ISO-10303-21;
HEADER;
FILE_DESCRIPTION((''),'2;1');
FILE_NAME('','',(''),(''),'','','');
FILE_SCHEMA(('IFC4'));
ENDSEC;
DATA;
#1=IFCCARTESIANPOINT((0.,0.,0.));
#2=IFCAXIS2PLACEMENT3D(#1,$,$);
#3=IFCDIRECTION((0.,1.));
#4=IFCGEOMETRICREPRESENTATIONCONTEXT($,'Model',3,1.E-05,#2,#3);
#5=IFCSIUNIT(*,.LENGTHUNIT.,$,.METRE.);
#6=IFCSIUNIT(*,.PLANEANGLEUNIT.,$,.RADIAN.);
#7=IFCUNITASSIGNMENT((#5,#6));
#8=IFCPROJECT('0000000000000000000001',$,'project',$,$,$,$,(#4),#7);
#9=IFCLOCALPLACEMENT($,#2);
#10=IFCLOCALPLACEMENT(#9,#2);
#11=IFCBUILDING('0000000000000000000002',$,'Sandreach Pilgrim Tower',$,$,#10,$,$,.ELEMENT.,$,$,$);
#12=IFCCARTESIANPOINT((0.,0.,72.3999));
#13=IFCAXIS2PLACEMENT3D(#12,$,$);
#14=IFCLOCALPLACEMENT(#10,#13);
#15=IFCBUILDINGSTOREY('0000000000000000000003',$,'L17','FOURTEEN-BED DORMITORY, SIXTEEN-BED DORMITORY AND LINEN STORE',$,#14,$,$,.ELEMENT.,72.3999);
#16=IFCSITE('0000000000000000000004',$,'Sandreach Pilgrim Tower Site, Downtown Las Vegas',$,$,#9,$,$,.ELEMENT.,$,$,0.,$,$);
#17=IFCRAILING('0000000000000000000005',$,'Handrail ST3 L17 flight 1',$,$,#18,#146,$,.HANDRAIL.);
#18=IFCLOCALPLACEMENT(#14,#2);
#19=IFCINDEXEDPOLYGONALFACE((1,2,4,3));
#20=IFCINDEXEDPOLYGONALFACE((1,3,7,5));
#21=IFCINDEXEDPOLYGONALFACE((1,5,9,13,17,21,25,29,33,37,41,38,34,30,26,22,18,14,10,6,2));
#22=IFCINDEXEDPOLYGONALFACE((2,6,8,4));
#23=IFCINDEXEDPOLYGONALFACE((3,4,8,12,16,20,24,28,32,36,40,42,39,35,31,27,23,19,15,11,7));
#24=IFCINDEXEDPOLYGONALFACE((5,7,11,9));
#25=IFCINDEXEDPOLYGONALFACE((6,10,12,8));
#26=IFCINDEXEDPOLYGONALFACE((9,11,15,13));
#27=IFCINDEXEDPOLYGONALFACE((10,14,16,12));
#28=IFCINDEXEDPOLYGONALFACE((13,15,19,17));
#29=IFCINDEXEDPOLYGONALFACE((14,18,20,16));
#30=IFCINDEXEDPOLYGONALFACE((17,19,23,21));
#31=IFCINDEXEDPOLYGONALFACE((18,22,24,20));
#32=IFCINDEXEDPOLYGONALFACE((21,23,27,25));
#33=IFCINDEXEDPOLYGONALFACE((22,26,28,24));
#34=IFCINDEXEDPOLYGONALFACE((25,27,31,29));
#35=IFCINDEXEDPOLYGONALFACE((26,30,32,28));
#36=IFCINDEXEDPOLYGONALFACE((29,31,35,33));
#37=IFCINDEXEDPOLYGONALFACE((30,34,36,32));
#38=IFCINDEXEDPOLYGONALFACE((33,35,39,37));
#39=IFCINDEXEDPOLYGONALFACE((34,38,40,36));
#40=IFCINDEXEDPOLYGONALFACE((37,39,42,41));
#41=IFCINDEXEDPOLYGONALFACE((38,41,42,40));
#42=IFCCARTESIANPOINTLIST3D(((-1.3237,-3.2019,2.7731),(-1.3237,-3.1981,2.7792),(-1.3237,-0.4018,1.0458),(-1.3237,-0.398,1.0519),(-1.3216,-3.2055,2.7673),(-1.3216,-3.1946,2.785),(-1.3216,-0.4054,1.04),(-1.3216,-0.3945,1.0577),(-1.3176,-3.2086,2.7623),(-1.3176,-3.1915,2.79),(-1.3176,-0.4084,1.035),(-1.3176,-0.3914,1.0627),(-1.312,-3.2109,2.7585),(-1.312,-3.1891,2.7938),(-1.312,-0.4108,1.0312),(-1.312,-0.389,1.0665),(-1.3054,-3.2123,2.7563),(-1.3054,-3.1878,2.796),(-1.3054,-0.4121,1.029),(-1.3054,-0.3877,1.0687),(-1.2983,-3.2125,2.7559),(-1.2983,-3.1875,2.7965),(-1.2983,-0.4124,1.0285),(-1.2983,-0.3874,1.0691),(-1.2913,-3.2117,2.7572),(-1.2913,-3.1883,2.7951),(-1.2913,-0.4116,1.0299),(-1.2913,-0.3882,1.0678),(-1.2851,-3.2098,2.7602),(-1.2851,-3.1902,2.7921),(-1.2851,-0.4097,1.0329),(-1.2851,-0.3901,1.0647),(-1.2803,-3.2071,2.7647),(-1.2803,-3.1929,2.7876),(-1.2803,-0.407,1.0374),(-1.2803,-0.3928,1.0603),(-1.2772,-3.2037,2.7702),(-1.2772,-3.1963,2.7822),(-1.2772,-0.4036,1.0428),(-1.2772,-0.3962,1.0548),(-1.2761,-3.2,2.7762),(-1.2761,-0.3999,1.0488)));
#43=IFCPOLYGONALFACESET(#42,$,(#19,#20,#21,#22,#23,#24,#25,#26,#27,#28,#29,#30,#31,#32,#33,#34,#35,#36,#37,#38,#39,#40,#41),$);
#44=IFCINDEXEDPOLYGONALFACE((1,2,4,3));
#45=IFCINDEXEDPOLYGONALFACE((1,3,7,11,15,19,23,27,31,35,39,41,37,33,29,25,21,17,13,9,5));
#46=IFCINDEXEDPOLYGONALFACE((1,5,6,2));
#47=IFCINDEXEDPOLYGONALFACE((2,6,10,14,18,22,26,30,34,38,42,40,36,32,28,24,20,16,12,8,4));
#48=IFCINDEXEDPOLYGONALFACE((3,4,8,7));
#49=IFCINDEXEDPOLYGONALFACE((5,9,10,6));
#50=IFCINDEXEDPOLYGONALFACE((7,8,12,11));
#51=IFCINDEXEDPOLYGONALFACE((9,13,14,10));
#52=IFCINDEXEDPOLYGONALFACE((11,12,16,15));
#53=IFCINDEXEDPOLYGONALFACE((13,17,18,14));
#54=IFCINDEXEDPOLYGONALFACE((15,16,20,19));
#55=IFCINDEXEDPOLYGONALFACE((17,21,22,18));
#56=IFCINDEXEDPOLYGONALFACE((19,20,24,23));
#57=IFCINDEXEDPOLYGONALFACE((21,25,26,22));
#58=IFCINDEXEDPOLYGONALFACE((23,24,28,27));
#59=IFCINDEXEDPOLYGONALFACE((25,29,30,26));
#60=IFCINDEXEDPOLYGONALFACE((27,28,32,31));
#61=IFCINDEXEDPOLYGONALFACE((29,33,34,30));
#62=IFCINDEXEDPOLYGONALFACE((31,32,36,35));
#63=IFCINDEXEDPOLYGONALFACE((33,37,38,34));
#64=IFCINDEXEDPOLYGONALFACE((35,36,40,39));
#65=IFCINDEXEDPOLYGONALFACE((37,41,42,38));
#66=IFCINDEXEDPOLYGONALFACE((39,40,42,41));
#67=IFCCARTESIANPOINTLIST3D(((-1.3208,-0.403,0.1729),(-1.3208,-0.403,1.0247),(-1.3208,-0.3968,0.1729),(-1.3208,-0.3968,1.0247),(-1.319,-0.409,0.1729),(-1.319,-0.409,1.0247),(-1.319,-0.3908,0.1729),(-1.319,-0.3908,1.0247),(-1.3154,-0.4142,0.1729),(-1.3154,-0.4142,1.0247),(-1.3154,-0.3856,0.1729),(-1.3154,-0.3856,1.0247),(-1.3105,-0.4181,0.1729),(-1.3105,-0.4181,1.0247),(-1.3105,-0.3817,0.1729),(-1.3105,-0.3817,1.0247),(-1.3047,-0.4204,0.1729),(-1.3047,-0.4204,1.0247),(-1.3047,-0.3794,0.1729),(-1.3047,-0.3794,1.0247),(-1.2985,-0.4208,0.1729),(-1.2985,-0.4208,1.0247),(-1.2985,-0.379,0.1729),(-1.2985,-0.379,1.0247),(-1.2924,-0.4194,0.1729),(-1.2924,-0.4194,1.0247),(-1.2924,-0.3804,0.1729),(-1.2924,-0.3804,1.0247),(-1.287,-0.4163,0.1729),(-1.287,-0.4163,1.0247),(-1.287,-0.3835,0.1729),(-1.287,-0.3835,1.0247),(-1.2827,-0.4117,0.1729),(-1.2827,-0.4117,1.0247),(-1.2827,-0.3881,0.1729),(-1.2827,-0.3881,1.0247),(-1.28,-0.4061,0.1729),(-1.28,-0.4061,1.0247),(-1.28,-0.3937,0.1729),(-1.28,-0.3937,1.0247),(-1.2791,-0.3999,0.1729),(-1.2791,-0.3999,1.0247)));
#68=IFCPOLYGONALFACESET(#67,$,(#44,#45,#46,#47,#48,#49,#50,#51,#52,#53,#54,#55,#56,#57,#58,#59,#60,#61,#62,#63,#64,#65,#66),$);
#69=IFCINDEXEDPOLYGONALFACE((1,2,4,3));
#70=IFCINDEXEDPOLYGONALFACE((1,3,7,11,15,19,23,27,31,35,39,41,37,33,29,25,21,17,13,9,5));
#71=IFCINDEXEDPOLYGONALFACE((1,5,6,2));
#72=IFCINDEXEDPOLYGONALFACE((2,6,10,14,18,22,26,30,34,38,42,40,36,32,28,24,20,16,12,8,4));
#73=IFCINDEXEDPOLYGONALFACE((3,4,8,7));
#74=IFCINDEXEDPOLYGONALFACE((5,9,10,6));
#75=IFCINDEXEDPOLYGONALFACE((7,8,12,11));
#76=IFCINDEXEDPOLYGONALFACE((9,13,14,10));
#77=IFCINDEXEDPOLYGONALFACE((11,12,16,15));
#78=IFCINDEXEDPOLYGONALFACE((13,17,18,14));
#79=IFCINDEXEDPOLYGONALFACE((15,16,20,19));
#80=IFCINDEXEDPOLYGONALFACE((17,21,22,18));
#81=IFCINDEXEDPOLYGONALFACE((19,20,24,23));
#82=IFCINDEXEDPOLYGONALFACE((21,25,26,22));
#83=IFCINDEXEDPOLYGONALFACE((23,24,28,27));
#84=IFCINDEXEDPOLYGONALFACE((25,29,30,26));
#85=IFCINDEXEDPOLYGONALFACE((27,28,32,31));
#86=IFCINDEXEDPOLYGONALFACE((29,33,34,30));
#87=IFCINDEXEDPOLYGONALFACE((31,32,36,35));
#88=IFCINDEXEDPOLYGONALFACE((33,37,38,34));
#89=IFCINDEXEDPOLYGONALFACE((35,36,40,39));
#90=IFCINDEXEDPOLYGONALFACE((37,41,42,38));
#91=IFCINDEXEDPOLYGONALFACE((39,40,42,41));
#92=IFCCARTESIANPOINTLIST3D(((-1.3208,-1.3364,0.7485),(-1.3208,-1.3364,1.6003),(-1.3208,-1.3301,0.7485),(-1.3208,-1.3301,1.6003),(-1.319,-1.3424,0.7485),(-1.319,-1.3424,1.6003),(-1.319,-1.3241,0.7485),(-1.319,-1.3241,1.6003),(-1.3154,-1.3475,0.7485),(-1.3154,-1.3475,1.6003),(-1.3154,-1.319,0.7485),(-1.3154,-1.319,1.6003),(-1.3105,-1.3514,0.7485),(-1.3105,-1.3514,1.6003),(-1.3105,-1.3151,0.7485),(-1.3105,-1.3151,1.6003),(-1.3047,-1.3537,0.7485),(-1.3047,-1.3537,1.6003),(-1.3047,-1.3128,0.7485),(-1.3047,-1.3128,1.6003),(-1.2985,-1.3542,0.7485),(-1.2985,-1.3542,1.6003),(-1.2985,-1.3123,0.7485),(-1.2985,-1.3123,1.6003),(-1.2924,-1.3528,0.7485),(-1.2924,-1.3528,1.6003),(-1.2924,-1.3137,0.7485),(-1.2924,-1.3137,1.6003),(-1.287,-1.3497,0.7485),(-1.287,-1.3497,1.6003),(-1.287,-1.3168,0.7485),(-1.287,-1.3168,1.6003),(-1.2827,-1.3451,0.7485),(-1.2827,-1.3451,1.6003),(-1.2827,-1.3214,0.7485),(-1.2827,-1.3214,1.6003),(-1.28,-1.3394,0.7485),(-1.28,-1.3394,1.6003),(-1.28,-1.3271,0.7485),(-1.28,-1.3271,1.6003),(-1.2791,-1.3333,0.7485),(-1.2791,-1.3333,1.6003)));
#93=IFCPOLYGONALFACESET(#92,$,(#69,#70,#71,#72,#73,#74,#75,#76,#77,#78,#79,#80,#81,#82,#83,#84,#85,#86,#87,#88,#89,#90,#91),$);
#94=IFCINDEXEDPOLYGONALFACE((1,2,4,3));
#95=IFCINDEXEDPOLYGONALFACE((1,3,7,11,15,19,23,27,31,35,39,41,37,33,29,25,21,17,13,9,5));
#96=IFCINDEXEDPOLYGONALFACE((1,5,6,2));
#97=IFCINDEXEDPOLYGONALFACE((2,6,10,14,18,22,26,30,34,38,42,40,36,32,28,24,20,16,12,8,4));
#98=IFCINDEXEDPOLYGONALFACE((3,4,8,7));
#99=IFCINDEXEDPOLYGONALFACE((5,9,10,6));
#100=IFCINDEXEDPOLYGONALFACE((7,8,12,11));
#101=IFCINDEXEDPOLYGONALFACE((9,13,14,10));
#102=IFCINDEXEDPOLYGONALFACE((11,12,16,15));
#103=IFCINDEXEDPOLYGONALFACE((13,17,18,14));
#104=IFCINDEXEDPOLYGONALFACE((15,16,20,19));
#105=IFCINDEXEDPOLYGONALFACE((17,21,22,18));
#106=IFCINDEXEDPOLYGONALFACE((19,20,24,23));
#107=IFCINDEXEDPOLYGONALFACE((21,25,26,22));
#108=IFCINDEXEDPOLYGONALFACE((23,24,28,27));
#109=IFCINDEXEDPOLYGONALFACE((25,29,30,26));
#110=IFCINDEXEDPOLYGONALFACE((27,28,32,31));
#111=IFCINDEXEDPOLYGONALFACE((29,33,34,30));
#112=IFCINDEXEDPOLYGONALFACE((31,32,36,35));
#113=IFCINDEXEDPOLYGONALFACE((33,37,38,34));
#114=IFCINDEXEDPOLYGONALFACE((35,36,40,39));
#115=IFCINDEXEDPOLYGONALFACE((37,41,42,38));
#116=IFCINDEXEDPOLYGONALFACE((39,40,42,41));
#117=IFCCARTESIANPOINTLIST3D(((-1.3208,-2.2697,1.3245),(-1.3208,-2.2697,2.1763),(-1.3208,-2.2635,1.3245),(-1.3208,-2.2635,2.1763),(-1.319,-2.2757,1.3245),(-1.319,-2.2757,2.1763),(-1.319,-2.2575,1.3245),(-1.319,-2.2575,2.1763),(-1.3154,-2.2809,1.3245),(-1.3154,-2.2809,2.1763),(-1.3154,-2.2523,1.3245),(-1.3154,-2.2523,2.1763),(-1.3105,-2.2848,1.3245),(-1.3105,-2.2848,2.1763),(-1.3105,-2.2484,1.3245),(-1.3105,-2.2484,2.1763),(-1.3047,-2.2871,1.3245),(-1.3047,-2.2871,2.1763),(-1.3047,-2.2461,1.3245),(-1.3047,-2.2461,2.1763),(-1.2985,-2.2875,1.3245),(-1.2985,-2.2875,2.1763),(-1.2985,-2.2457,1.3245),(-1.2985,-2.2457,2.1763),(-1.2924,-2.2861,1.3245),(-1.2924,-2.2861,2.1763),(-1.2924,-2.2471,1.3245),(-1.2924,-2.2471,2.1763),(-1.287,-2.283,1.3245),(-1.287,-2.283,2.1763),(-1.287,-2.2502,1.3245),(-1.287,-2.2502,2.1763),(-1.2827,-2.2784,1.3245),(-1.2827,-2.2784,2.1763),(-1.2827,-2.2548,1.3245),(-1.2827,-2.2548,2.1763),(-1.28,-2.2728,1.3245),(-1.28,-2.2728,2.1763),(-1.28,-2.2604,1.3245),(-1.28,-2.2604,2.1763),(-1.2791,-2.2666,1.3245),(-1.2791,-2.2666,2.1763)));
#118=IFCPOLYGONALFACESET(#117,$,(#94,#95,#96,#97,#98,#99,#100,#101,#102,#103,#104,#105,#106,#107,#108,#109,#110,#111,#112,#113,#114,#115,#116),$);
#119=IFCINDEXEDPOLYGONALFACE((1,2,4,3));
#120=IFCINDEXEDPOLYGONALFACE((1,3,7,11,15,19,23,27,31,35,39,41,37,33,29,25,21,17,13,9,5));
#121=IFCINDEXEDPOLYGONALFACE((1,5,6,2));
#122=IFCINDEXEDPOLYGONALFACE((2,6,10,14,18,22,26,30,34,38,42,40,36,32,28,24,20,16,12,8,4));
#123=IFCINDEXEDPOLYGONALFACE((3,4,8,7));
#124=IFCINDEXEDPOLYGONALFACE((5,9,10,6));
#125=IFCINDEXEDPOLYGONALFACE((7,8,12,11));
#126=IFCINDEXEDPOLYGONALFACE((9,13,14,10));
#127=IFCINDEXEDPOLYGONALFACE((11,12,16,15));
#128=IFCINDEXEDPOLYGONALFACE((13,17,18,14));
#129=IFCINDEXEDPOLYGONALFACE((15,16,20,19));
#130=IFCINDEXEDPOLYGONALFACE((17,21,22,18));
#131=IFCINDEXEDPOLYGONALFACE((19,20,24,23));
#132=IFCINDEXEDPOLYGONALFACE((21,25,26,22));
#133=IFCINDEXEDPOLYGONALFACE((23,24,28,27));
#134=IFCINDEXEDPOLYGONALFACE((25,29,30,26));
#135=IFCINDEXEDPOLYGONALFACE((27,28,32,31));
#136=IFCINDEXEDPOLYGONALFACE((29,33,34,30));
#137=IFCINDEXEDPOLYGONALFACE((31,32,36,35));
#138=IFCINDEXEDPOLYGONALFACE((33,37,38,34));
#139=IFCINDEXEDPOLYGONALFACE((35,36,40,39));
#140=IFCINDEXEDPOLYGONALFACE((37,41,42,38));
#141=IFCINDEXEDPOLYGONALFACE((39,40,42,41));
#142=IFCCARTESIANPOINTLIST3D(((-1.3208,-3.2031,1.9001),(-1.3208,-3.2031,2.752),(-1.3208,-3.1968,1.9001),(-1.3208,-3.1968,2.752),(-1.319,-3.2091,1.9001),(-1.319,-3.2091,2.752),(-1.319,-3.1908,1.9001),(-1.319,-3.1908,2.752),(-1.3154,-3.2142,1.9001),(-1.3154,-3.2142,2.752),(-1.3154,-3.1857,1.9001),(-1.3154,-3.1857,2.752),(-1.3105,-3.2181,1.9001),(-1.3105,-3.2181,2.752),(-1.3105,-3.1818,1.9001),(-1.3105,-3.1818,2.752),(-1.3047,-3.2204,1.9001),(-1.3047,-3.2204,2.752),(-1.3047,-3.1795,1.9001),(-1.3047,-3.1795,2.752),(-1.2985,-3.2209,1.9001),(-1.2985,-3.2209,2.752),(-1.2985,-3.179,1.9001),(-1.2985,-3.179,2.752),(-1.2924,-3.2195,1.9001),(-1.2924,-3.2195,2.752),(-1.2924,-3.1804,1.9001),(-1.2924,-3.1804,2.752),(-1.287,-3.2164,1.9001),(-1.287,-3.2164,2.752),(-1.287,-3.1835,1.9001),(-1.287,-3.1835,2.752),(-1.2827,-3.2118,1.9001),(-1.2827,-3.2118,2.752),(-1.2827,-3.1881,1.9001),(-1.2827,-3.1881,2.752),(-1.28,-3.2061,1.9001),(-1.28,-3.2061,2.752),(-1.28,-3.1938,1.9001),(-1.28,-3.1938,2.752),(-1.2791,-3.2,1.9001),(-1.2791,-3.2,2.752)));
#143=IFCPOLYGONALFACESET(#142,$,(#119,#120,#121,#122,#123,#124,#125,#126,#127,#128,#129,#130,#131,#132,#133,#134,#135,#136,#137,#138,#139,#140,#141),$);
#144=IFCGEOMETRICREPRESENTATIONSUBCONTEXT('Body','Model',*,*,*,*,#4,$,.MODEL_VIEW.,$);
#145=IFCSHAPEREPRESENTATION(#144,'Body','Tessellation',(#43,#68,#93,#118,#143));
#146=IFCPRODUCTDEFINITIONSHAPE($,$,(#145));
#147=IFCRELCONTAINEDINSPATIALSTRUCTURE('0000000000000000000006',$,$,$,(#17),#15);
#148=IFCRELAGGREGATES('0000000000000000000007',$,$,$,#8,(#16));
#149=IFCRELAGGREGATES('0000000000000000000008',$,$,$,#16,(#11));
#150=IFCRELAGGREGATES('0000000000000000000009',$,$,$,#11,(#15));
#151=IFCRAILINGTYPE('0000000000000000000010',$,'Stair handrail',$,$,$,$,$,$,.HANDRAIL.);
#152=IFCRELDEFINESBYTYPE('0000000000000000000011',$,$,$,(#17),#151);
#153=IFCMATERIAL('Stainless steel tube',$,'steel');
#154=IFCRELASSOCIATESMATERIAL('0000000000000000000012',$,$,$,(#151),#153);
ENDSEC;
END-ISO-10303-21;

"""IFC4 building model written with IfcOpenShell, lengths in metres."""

from ifc_helpers import new_model, si_unit, direction, frame, origin, origin_2d, place, context, subcontext, project, spatial, circle, extrude, material, type_object, element, save


model = new_model("IFC4")

# Units and contexts
model_context = context("Model", 3, precision=1e-05, world=origin(), true_north=direction((0.0, 1.0)))
body_context = subcontext(model_context, "Body", "Model", "MODEL_VIEW")
ifc_project = project(units=[si_unit("LENGTHUNIT", "METRE"), si_unit("PLANEANGLEUNIT", "RADIAN")], contexts=[model_context])

# Site, building, storey
site_placement = place(None, origin())
site = spatial("IfcSite", under=ifc_project, at=site_placement, Name="Sandreach Pilgrim Tower Site, Downtown Las Vegas", CompositionType="ELEMENT", RefElevation=0.0)
building_placement = place(site_placement, origin())
building = spatial("IfcBuilding", under=site, at=building_placement, Name="Sandreach Pilgrim Tower", CompositionType="ELEMENT")
storey_placement = place(building_placement, frame((0.0, 0.0, 72.3999)))
storey = spatial("IfcBuildingStorey", under=building, at=storey_placement, Name="L17", Description="FOURTEEN-BED DORMITORY, SIXTEEN-BED DORMITORY AND LINEN STORE", CompositionType="ELEMENT", Elevation=72.3999)

# Railing
ifc_material_1 = material(Name="Stainless steel tube", Category="steel")
railing_type = type_object("IfcRailingType", Name="Stair handrail", PredefinedType="HANDRAIL", material=ifc_material_1)
for number, where, name in (
    (1, (-1.3, -0.3999, 0.1729), "Handrail ST3 L17 flight 1"),
):
    element("IfcRailing", number, at=place(storey_placement, frame(where)), inside=storey, type_object=railing_type, Name=name, PredefinedType="HANDRAIL", context=body_context, shape_type="SweptSolid", body=[
        extrude(circle(Radius=0.0239, at=origin_2d()), frame((0.0, 0.0, 0.876), z_axis=(0.0, -0.85109, 0.52502), x_axis=(1.0, 0.0, 0.0)), (0.0, 0.0, 1.0), 3.29),
        extrude(circle(Radius=0.021, at=origin_2d()), origin(), (0.0, 0.0, 1.0), 0.8518),
        extrude(circle(Radius=0.021, at=origin_2d()), frame((0.0, -0.9333, 0.5757)), (0.0, 0.0, 1.0), 0.8518),
        extrude(circle(Radius=0.021, at=origin_2d()), frame((0.0, -1.8667, 1.1516)), (0.0, 0.0, 1.0), 0.8518),
        extrude(circle(Radius=0.021, at=origin_2d()), frame((0.0, -2.8, 1.7273)), (0.0, 0.0, 1.0), 0.8518),
    ])

save(model, "model.ifc")
